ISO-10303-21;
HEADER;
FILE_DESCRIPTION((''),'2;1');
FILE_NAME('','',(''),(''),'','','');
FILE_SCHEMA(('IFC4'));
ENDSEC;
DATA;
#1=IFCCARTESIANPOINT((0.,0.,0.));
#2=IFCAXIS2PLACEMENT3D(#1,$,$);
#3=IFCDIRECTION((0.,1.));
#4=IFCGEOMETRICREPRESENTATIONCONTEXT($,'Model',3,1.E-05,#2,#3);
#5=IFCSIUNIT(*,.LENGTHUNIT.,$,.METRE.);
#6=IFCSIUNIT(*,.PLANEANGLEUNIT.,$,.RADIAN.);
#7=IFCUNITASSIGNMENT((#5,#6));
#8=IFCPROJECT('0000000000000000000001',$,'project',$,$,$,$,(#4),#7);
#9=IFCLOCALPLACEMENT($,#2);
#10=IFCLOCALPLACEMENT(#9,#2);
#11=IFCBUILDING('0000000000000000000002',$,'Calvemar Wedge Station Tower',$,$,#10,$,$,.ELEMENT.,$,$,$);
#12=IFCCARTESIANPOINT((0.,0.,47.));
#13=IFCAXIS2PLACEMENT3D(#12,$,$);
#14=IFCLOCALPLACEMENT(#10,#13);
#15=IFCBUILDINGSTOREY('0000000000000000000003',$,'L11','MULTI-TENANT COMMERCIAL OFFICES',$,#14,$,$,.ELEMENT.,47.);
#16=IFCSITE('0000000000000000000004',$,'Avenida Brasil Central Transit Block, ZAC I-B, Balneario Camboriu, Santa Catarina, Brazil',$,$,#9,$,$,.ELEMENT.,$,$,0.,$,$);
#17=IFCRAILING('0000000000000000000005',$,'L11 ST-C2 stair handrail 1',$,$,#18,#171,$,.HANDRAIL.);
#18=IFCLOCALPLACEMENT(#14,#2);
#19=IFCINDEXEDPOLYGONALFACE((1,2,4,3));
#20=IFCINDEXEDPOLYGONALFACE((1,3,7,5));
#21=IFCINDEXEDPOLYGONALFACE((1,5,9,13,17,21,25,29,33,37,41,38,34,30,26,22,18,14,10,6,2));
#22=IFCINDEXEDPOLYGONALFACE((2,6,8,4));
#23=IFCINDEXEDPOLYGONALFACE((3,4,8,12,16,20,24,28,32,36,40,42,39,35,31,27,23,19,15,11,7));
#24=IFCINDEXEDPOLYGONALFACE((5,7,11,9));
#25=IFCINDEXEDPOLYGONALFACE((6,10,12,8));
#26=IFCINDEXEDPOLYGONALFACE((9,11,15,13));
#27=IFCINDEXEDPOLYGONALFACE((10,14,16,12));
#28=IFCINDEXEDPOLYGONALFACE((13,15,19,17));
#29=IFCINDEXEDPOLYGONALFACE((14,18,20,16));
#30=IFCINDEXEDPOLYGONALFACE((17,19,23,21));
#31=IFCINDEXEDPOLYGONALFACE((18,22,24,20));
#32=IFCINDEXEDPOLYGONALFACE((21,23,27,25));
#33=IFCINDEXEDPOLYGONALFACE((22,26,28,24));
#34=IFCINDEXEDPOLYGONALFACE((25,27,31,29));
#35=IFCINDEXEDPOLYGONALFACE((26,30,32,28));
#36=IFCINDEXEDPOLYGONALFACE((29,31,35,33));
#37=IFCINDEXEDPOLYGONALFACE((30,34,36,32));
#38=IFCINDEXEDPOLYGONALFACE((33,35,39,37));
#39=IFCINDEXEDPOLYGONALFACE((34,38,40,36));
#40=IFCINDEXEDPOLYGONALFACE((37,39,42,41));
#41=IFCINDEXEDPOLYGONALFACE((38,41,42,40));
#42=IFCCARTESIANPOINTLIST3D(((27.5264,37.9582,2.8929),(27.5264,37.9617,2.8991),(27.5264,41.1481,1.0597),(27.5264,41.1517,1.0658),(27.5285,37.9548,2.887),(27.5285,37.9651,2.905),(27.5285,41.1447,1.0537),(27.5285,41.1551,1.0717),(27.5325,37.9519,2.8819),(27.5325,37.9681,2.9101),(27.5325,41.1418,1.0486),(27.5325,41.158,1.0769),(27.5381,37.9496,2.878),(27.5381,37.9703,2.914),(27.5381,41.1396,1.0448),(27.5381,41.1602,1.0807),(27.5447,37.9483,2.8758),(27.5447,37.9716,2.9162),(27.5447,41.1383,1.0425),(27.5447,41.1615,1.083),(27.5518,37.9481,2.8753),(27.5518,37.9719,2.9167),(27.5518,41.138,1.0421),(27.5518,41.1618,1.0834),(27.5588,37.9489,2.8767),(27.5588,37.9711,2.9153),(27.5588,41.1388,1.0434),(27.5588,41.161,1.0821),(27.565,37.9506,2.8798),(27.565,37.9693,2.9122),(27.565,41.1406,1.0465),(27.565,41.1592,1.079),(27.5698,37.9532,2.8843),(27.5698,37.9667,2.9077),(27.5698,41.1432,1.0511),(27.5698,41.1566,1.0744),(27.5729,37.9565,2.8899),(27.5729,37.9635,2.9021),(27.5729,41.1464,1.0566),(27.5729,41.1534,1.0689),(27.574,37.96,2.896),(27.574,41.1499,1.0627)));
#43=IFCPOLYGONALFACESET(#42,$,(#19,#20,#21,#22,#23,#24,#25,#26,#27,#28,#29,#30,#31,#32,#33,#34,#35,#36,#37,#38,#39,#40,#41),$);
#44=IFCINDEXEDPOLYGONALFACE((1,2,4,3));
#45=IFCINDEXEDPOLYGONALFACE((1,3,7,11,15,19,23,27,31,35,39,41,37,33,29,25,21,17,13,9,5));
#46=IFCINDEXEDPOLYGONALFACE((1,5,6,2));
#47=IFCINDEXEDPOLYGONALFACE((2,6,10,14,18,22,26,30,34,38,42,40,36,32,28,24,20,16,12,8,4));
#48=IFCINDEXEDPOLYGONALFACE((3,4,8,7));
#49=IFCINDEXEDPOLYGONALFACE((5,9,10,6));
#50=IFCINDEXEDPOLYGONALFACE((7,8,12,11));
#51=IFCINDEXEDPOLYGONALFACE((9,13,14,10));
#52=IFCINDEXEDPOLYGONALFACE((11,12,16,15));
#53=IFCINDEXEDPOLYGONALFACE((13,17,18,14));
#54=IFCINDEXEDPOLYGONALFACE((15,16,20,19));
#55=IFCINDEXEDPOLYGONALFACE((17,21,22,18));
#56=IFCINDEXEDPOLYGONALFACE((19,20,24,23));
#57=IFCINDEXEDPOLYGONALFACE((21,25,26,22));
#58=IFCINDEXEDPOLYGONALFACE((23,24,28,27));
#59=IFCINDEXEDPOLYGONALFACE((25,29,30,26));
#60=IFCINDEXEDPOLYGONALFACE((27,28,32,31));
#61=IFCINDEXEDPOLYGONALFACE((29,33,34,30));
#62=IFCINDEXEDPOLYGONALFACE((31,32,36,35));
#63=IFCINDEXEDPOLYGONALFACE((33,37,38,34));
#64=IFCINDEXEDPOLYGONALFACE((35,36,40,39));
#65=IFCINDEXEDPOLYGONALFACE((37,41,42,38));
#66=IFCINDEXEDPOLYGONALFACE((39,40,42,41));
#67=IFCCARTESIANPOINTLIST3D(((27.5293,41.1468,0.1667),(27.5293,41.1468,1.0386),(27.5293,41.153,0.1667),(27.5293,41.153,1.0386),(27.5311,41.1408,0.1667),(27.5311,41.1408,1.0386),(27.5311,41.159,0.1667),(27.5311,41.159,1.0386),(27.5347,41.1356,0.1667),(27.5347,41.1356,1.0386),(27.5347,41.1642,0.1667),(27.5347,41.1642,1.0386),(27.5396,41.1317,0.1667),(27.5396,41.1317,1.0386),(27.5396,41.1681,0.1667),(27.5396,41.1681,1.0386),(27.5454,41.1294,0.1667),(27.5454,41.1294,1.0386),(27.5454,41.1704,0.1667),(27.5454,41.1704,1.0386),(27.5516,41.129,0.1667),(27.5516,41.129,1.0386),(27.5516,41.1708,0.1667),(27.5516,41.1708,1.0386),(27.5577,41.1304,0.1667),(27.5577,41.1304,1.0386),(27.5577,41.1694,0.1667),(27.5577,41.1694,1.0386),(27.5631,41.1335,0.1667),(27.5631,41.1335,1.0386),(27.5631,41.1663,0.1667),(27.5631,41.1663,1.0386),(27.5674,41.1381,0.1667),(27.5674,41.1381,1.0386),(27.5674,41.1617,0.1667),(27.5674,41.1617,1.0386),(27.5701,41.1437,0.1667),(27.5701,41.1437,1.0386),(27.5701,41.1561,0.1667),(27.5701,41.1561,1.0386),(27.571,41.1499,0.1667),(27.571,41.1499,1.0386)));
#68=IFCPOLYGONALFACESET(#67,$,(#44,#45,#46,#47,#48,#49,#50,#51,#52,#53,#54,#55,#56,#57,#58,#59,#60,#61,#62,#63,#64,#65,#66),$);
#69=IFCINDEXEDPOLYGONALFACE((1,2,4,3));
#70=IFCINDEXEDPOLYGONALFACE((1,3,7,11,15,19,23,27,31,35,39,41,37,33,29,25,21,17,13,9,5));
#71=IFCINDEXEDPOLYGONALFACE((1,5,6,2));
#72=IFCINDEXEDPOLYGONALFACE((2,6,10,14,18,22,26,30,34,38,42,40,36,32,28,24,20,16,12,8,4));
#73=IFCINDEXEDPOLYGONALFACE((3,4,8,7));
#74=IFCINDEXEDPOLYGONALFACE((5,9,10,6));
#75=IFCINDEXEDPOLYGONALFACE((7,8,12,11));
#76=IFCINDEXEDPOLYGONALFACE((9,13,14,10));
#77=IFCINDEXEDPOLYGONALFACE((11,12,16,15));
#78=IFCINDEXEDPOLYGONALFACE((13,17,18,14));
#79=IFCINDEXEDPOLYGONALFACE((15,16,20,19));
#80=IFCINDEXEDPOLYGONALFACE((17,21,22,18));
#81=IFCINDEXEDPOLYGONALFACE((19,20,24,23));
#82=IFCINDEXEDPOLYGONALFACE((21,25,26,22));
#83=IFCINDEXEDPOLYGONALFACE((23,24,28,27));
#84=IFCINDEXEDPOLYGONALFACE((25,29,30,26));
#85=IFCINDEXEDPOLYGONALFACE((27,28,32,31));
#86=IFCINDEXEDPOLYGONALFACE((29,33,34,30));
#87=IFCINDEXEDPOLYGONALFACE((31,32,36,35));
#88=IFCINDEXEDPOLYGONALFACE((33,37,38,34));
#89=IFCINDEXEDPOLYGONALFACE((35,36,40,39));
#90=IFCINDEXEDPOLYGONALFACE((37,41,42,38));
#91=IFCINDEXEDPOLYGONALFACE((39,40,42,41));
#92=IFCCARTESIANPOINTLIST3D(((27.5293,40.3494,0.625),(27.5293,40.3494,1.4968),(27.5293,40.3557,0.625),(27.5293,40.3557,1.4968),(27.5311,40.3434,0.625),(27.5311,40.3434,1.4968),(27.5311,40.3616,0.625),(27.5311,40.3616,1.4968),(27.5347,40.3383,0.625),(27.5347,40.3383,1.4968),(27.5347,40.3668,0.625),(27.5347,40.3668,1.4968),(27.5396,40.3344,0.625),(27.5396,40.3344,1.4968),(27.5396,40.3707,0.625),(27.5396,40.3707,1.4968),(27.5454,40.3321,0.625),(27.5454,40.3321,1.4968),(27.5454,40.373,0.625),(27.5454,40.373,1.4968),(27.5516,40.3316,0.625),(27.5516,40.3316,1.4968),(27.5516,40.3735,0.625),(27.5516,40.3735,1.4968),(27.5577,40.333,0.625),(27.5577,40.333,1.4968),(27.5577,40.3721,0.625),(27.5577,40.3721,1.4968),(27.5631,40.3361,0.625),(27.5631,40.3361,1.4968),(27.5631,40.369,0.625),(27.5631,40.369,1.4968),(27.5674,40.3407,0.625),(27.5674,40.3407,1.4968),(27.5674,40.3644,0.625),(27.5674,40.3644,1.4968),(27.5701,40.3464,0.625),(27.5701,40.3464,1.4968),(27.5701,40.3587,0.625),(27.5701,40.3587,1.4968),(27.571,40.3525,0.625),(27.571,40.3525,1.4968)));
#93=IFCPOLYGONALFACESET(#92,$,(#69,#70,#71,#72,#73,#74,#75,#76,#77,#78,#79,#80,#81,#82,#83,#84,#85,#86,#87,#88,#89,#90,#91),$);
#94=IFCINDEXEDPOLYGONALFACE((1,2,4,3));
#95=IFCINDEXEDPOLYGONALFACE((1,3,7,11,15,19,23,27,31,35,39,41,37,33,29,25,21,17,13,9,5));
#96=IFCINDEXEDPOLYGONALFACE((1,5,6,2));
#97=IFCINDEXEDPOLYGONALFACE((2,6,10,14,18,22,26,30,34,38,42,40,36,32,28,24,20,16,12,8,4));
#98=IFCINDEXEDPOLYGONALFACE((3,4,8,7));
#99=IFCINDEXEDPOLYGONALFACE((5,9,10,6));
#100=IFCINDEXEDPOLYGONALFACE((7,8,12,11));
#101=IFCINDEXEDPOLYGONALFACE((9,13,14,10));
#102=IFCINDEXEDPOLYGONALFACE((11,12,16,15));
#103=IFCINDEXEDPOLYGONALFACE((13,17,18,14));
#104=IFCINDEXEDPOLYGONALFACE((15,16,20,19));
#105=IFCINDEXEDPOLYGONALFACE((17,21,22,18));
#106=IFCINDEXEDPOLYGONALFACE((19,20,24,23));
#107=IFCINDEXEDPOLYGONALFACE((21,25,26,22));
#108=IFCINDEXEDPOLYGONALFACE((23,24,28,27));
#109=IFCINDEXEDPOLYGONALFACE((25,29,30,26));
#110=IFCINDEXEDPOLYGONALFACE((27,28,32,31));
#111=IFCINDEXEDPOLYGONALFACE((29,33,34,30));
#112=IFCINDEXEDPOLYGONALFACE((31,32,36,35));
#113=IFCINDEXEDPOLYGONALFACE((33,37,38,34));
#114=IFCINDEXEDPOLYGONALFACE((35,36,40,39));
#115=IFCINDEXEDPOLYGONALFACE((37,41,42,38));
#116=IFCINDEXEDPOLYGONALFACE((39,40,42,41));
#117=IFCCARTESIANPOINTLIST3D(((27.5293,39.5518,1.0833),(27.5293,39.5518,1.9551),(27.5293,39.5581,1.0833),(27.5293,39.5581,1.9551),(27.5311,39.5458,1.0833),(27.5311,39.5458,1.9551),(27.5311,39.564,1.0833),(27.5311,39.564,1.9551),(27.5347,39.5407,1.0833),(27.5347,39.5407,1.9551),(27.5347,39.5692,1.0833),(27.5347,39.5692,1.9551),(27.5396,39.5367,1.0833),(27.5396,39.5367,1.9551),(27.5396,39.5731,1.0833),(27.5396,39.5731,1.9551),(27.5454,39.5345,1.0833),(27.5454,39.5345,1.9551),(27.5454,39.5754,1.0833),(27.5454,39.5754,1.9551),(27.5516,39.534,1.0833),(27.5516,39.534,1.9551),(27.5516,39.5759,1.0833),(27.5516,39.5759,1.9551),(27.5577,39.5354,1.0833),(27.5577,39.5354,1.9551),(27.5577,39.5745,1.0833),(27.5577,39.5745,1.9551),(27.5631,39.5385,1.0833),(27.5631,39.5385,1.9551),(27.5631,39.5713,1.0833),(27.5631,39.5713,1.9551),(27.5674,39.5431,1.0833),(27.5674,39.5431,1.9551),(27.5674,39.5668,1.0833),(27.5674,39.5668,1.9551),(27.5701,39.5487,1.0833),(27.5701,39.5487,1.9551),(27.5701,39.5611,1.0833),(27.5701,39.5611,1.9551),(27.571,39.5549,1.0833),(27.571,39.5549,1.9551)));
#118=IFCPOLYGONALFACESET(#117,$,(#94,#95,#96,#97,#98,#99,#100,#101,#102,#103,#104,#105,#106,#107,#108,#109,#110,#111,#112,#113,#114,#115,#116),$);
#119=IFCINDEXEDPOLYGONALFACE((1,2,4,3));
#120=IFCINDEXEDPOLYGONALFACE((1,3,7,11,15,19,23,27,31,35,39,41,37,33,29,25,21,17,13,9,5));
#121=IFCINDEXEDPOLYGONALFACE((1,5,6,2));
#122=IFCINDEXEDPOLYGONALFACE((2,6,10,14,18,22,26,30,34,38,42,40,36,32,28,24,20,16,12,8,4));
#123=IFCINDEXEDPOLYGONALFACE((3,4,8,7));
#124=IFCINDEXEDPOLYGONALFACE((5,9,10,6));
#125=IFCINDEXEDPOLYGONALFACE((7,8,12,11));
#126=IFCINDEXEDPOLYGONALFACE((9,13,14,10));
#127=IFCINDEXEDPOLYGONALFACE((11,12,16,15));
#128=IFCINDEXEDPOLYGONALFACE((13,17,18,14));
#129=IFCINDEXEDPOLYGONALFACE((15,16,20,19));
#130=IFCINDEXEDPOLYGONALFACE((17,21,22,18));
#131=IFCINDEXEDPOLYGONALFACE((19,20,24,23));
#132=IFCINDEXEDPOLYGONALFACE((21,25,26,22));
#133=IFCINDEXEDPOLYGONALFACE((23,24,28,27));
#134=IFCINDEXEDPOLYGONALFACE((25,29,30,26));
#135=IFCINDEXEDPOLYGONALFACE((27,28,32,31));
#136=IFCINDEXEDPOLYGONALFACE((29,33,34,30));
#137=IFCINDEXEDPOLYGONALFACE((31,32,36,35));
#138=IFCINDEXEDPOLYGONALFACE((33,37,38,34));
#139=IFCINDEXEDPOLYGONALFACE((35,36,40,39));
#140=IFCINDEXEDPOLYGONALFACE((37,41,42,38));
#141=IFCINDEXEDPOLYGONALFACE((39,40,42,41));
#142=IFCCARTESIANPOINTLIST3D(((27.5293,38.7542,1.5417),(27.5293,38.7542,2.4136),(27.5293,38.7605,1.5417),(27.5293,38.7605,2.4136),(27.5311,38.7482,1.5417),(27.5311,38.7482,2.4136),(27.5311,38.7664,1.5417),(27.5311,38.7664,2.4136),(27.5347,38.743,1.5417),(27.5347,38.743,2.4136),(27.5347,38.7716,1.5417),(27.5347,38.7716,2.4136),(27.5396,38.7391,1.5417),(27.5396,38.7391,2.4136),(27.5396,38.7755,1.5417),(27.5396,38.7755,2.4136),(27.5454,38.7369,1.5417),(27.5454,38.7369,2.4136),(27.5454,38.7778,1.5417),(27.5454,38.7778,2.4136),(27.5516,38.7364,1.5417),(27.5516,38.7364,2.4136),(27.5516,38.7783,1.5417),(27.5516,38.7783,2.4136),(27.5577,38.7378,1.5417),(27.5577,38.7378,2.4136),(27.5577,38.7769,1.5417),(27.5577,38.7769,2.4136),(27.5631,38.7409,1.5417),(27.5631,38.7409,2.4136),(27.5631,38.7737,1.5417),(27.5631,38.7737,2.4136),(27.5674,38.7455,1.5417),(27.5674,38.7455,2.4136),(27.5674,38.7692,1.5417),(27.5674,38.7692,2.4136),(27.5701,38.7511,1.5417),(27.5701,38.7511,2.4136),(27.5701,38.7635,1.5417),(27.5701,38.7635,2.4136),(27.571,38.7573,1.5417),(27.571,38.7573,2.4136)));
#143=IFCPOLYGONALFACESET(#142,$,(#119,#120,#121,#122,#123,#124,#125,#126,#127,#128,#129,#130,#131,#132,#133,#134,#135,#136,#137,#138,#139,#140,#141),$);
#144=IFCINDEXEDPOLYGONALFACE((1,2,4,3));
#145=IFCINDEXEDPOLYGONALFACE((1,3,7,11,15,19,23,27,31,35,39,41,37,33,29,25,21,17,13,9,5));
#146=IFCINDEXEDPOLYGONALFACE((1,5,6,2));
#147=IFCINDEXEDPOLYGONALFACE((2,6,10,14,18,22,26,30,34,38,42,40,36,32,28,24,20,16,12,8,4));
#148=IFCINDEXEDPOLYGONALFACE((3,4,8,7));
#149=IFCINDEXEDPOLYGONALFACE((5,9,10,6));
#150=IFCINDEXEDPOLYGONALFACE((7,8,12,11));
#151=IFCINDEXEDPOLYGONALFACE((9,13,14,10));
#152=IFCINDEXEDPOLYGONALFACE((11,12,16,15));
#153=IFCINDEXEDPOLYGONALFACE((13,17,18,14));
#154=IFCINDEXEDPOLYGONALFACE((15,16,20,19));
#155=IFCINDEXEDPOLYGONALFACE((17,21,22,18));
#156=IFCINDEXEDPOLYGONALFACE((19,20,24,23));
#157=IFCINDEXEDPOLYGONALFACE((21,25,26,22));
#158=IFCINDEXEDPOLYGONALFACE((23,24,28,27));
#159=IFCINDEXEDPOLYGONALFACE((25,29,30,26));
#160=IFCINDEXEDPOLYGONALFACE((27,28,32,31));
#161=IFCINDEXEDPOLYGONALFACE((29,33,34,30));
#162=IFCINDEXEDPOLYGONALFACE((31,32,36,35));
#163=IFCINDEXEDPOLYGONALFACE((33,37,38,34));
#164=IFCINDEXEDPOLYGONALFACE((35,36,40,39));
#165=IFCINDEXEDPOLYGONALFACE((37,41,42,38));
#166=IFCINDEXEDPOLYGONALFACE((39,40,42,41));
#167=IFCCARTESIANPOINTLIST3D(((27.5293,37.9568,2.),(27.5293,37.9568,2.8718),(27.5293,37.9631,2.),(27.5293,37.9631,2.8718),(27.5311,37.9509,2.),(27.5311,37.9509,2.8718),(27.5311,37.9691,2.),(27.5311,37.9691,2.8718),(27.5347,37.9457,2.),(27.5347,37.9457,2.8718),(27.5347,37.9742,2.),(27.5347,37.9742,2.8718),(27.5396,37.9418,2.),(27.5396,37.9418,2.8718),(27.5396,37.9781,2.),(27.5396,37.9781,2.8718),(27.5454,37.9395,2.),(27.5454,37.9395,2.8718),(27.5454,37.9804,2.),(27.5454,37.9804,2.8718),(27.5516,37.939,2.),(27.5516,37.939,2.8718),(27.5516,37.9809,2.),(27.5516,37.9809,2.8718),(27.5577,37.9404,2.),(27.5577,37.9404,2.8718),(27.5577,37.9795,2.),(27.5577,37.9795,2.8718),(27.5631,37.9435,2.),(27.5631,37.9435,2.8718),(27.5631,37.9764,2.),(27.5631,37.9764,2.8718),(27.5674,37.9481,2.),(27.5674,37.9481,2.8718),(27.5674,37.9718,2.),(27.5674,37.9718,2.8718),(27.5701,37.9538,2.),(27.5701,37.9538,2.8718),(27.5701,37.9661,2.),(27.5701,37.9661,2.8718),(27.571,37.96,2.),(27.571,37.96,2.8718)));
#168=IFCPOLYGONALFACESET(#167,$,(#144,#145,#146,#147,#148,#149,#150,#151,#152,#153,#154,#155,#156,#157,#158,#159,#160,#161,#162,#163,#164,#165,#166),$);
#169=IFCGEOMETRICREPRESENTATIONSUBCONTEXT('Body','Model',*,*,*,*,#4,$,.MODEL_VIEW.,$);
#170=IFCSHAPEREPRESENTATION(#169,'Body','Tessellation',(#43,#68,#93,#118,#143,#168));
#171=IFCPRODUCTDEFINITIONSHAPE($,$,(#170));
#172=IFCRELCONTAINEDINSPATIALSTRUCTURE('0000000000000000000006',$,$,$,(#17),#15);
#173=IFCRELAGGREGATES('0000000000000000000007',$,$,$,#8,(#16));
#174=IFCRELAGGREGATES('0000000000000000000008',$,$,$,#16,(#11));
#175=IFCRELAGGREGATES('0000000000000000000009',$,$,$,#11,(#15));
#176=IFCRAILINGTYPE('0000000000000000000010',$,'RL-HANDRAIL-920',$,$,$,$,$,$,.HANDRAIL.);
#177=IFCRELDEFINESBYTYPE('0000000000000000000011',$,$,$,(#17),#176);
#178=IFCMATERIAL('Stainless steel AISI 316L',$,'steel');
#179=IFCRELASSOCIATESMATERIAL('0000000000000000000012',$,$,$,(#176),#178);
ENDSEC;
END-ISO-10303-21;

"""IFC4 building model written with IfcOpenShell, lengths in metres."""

from ifc_helpers import new_model, si_unit, direction, frame, origin, origin_2d, place, context, subcontext, project, spatial, circle, extrude, material, type_object, element, save


model = new_model("IFC4")

# Units and contexts
model_context = context("Model", 3, precision=1e-05, world=origin(), true_north=direction((0.0, 1.0)))
body_context = subcontext(model_context, "Body", "Model", "MODEL_VIEW")
ifc_project = project(units=[si_unit("LENGTHUNIT", "METRE"), si_unit("PLANEANGLEUNIT", "RADIAN")], contexts=[model_context])

# Site, building, storey
site_placement = place(None, origin())
site = spatial("IfcSite", under=ifc_project, at=site_placement, Name="Avenida Brasil Central Transit Block, ZAC I-B, Balneario Camboriu, Santa Catarina, Brazil", CompositionType="ELEMENT", RefElevation=0.0)
building_placement = place(site_placement, origin())
building = spatial("IfcBuilding", under=site, at=building_placement, Name="Calvemar Wedge Station Tower", CompositionType="ELEMENT")
storey_placement = place(building_placement, frame((0.0, 0.0, 47.0)))
storey = spatial("IfcBuildingStorey", under=building, at=storey_placement, Name="L11", Description="MULTI-TENANT COMMERCIAL OFFICES", CompositionType="ELEMENT", Elevation=47.0)

# Railing
ifc_material_1 = material(Name="Stainless steel AISI 316L", Category="steel")
railing_type_1 = type_object("IfcRailingType", Name="RL-HANDRAIL-920", PredefinedType="HANDRAIL", material=ifc_material_1)
railing_1_placement = place(storey_placement, frame((27.55, 41.1499, 0.1667)))
element("IfcRailing", 1, at=railing_1_placement, inside=storey, type_object=railing_type_1, Name="L11 ST-C2 stair handrail 1", PredefinedType="HANDRAIL", context=body_context, shape_type="SweptSolid", body=[
    extrude(circle(Radius=0.0239, at=origin_2d()), frame((0.0, 0.0, 0.896), z_axis=(0.0, -0.86702, 0.498274), x_axis=(1.0, 0.0, 0.0)), (0.0, 0.0, 1.0), 3.6792),
    extrude(circle(Radius=0.021, at=origin_2d()), origin(), (0.0, 0.0, 1.0), 0.8718),
    extrude(circle(Radius=0.021, at=origin_2d()), frame((0.0, -0.7974, 0.4583)), (0.0, 0.0, 1.0), 0.8718),
    extrude(circle(Radius=0.021, at=origin_2d()), frame((0.0, -1.595, 0.9165)), (0.0, 0.0, 1.0), 0.8718),
    extrude(circle(Radius=0.021, at=origin_2d()), frame((0.0, -2.3926, 1.375)), (0.0, 0.0, 1.0), 0.8718),
    extrude(circle(Radius=0.021, at=origin_2d()), frame((0.0, -3.1899, 1.8333)), (0.0, 0.0, 1.0), 0.8718),
])

save(model, "model.ifc")
